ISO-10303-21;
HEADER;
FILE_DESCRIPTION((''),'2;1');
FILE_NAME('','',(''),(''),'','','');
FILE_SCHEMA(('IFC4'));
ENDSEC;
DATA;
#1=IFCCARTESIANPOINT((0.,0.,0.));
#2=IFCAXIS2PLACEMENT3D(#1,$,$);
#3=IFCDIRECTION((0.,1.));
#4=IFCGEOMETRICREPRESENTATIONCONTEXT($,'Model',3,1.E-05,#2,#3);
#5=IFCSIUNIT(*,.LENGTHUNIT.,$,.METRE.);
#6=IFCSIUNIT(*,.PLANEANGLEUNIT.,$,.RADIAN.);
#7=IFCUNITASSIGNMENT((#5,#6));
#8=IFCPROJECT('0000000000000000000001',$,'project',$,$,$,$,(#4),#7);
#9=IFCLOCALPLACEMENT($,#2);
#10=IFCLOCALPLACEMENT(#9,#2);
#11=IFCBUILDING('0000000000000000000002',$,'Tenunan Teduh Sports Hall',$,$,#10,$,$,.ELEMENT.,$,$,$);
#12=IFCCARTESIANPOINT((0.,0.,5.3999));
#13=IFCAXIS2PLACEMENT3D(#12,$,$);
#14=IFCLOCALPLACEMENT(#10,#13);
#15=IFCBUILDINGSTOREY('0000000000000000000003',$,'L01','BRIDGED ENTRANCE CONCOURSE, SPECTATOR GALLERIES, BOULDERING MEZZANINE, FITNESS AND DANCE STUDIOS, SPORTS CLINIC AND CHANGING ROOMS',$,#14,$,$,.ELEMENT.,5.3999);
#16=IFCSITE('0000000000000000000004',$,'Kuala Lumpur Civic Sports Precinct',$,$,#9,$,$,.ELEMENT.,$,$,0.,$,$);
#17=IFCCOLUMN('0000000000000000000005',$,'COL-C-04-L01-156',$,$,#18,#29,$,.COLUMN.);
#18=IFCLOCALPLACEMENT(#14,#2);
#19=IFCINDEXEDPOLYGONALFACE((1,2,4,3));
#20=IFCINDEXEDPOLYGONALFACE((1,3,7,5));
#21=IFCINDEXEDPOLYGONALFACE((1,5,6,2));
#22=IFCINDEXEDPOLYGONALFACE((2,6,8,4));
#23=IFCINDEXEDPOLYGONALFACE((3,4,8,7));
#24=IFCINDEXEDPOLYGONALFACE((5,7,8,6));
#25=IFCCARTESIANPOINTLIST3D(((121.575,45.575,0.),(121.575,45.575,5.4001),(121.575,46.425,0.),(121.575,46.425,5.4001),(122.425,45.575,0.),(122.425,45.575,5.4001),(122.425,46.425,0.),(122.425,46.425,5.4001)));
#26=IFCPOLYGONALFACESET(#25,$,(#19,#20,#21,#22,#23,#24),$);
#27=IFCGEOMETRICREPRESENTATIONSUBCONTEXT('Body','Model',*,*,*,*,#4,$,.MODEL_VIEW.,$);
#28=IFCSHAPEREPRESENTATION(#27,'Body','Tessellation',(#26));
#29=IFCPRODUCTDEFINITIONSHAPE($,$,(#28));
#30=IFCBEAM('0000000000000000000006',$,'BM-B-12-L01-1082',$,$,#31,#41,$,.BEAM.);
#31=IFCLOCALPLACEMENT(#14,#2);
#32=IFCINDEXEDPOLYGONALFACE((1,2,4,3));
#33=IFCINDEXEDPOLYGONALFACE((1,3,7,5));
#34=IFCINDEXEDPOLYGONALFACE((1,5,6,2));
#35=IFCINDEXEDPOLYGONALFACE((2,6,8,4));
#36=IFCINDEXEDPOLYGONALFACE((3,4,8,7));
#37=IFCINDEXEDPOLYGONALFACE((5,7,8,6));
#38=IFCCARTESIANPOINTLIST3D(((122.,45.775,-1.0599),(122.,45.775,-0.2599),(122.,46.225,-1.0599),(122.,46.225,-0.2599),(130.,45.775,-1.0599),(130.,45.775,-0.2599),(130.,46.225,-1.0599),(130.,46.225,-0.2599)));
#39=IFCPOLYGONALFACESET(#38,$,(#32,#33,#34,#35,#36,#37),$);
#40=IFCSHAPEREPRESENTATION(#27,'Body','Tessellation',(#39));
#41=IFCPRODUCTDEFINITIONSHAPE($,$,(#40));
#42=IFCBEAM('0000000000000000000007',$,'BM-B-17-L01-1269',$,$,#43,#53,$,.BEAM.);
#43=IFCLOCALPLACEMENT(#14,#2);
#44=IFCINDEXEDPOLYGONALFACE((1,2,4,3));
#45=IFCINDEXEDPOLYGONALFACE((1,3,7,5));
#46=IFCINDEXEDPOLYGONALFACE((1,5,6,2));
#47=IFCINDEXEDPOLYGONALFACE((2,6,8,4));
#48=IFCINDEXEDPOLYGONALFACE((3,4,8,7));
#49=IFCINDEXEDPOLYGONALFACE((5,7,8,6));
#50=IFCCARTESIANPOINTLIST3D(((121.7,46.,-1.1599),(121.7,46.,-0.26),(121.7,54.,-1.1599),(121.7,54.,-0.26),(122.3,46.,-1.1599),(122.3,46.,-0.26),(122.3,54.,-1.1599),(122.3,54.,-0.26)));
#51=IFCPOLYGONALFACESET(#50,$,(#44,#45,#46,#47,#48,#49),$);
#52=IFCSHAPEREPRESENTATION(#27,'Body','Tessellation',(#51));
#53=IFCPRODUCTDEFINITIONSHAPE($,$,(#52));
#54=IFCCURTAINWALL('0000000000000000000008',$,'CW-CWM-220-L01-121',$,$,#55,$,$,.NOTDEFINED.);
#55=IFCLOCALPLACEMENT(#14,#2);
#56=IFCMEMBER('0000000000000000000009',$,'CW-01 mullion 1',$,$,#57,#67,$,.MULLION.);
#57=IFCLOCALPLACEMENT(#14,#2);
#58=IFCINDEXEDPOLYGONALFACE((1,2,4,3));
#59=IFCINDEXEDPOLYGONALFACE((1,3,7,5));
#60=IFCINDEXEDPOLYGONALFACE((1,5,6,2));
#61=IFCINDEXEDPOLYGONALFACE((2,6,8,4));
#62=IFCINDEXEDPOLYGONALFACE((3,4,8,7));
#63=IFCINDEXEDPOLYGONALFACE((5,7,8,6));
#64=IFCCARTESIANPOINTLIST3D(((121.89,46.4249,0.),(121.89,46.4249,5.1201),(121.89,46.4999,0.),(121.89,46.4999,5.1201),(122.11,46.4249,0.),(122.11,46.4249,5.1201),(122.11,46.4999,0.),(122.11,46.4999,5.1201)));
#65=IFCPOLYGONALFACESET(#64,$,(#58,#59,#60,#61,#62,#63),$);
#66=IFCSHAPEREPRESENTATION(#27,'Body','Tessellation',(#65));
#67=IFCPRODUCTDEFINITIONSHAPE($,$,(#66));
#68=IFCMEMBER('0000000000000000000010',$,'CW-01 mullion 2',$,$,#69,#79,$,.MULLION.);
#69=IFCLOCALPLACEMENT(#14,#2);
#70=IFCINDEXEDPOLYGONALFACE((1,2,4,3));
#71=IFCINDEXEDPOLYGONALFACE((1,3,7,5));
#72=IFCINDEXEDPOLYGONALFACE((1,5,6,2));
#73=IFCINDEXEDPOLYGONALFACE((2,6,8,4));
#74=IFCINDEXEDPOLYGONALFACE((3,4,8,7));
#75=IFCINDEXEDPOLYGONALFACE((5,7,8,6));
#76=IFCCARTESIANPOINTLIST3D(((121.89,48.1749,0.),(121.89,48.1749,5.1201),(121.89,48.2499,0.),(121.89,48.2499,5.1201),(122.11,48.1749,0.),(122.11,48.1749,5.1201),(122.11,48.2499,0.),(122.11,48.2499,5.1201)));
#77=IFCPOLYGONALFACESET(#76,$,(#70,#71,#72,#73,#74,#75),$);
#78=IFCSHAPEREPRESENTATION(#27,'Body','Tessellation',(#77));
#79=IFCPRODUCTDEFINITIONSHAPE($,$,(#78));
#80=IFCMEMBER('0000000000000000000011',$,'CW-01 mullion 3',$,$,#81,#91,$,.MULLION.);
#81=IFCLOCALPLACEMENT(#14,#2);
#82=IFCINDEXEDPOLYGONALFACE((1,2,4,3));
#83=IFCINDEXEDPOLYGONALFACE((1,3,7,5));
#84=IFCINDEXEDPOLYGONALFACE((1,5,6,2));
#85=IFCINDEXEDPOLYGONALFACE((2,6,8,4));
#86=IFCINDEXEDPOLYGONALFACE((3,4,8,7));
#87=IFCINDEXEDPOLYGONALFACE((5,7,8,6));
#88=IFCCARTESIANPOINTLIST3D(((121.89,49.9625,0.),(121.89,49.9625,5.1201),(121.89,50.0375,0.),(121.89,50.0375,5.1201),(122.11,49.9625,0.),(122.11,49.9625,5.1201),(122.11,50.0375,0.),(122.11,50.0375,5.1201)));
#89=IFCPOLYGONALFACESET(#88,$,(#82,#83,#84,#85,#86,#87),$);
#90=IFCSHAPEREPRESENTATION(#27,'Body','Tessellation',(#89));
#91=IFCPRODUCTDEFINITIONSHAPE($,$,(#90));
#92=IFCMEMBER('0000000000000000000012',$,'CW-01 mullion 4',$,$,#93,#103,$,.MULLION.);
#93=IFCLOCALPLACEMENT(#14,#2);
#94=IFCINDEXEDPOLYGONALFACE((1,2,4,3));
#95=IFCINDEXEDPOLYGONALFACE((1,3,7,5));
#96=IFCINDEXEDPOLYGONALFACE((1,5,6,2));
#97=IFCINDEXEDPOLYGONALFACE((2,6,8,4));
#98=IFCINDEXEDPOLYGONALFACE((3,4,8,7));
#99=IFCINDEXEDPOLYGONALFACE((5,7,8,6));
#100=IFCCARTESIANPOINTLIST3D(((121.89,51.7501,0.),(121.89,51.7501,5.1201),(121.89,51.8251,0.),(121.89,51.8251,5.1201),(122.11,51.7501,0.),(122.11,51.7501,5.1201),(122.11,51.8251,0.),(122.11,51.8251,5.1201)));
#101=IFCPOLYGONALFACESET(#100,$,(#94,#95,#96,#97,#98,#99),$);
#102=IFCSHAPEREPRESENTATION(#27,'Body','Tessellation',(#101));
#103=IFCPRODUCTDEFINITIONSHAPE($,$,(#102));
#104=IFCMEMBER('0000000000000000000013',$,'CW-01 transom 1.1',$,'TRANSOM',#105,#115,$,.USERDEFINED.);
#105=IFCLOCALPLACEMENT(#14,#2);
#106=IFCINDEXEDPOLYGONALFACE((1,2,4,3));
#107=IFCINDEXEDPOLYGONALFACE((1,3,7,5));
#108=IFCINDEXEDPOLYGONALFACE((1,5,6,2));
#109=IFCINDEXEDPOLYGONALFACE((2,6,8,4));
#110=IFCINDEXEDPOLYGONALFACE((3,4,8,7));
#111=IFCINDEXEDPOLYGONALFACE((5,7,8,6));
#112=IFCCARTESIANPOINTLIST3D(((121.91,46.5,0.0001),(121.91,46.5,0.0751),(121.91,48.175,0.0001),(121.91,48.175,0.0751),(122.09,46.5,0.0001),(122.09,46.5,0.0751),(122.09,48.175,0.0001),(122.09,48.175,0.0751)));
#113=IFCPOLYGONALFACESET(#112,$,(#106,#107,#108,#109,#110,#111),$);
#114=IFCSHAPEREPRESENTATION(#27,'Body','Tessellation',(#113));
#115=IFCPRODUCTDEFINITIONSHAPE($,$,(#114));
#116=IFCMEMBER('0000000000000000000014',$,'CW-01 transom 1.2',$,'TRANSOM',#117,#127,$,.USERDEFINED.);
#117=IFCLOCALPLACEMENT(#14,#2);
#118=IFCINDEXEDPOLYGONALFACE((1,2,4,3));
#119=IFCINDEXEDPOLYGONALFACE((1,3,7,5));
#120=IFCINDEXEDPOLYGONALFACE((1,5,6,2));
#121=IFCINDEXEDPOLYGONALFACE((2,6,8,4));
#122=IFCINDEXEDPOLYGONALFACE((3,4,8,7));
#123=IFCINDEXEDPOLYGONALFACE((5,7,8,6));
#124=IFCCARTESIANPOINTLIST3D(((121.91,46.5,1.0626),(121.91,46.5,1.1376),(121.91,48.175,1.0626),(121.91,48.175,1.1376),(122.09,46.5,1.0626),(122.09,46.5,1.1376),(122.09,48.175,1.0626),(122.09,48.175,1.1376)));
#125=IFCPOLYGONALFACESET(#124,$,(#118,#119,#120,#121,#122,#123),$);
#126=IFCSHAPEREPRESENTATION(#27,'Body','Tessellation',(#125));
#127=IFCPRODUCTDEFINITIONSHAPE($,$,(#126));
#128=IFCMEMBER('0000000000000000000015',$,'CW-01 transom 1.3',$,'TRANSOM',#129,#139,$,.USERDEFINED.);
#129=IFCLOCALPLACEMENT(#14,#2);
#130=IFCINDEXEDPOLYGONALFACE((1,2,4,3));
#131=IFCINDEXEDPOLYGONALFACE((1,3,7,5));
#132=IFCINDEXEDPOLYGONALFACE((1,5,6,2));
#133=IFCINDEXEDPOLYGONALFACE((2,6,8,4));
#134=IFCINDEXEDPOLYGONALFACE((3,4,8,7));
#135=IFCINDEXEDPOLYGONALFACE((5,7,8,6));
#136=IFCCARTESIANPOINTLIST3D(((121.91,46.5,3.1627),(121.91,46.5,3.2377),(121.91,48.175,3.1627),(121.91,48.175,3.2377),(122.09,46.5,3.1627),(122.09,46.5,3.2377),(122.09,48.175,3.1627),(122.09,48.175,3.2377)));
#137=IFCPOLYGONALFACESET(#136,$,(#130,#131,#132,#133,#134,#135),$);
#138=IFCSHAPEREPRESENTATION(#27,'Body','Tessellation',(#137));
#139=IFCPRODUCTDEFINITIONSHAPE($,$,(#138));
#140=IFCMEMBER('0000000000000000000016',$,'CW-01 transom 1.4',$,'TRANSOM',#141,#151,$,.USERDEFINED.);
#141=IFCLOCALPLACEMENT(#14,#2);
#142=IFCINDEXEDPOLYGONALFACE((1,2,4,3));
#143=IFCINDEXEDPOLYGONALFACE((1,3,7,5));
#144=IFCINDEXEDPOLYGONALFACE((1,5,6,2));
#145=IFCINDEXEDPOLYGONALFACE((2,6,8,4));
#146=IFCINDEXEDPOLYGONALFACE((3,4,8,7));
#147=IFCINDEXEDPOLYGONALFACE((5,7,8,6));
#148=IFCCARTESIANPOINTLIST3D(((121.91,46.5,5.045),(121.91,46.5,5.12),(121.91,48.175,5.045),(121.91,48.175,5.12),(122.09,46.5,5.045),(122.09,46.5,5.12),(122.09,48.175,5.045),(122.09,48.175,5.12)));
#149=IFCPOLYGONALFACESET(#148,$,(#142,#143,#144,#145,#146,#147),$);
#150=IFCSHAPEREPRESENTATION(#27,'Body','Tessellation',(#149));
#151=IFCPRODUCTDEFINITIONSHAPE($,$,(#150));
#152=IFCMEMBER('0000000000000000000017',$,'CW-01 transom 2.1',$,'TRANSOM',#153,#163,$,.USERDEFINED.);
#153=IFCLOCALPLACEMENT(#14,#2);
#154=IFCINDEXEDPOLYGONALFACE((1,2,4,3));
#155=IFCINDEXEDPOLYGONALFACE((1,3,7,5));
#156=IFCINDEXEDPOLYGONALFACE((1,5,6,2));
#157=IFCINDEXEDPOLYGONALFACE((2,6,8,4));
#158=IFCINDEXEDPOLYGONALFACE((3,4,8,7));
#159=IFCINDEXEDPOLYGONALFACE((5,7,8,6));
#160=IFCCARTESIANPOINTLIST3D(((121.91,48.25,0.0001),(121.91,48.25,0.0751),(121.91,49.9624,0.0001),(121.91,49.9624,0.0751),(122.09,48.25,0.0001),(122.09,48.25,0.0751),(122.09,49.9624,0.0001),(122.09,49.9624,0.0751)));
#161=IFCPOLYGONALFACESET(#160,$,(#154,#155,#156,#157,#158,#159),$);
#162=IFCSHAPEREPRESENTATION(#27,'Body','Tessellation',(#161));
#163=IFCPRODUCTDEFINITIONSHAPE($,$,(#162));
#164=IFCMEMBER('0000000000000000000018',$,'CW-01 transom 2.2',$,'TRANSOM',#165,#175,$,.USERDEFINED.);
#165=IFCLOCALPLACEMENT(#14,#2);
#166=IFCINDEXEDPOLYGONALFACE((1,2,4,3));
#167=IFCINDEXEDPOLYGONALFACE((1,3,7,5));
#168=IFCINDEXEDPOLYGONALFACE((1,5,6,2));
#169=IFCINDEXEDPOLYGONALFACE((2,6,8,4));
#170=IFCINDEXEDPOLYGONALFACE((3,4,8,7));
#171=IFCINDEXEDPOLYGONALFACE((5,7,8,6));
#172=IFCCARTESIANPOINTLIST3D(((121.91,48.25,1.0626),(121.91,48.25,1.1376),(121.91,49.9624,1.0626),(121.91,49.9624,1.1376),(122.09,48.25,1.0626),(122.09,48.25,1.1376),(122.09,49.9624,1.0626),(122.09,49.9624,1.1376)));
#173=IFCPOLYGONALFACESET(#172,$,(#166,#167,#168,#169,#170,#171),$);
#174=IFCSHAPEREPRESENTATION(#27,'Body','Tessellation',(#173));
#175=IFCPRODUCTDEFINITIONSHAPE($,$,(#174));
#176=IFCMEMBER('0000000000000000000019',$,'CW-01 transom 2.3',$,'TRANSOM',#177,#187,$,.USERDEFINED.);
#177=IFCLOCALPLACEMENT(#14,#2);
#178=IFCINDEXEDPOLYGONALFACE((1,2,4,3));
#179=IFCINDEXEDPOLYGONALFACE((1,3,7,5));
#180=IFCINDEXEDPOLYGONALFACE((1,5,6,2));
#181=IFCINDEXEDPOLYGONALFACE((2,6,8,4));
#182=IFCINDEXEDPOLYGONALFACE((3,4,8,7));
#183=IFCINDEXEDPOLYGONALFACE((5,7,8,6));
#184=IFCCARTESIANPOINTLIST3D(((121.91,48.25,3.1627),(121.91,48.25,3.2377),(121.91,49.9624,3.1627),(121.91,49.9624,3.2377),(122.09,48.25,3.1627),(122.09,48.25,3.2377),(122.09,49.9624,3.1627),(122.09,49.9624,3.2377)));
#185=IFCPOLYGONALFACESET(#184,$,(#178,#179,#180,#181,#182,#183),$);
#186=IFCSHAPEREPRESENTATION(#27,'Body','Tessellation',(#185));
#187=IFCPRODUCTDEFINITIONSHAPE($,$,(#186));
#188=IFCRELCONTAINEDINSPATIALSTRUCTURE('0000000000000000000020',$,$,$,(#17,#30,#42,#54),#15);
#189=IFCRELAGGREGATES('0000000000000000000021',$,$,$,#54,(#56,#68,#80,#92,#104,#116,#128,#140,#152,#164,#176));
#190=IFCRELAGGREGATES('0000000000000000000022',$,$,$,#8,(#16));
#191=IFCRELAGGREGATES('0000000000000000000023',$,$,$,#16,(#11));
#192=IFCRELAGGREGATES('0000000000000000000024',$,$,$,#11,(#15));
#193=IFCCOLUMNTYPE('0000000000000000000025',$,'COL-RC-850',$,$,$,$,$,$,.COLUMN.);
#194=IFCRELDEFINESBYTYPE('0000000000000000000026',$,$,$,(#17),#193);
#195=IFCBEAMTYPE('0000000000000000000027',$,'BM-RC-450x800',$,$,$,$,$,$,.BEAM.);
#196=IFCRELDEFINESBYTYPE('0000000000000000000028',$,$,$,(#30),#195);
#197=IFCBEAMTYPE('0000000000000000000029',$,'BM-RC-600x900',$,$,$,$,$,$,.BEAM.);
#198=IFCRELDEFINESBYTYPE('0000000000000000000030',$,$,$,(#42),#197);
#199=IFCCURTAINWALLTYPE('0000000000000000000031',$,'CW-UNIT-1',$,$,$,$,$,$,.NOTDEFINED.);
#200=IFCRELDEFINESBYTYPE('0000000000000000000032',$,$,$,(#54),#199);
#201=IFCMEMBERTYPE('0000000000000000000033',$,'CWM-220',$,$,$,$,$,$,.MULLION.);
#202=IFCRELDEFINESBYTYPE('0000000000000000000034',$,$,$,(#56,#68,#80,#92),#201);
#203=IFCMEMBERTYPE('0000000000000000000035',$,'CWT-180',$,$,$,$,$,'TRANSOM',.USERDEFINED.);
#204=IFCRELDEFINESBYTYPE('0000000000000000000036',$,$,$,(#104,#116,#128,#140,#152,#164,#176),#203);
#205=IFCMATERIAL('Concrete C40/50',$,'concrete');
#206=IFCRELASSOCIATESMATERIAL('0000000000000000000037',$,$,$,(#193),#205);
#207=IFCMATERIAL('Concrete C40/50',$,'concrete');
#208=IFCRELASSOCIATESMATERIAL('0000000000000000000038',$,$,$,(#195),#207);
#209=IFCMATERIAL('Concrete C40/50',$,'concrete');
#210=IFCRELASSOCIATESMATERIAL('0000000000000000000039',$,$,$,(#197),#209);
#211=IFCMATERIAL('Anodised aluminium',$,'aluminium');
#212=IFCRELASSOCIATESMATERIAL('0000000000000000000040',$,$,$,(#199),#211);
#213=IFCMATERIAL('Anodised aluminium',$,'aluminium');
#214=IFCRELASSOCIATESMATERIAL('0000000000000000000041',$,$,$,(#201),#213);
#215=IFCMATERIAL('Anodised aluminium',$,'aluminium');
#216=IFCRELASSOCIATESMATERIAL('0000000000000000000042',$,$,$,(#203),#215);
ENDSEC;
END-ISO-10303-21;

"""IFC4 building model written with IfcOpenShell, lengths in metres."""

from ifc_helpers import new_model, si_unit, direction, frame, origin, origin_2d, place, context, subcontext, project, spatial, rectangle, extrude, material, material_profile, profile_set, type_object, element, aggregate, save


model = new_model("IFC4")

# Units and contexts
model_context = context("Model", 3, precision=1e-05, world=origin(), true_north=direction((0.0, 1.0)))
body_context = subcontext(model_context, "Body", "Model", "MODEL_VIEW")
ifc_project = project(units=[si_unit("LENGTHUNIT", "METRE"), si_unit("PLANEANGLEUNIT", "RADIAN")], contexts=[model_context])

# Site, building, storey
site_placement = place(None, origin())
site = spatial("IfcSite", under=ifc_project, at=site_placement, Name="Kuala Lumpur Civic Sports Precinct", CompositionType="ELEMENT", RefElevation=0.0)
building_placement = place(site_placement, origin())
building = spatial("IfcBuilding", under=site, at=building_placement, Name="Tenunan Teduh Sports Hall", CompositionType="ELEMENT")
storey_placement = place(building_placement, frame((0.0, 0.0, 5.3999)))
storey = spatial("IfcBuildingStorey", under=building, at=storey_placement, Name="L01", Description="BRIDGED ENTRANCE CONCOURSE, SPECTATOR GALLERIES, BOULDERING MEZZANINE, FITNESS AND DANCE STUDIOS, SPORTS CLINIC AND CHANGING ROOMS", CompositionType="ELEMENT", Elevation=5.3999)

# Column
ifc_material_1 = material(Name="Concrete C40/50", Category="concrete")
ifc_material_profile_1 = material_profile(ifc_material_1, rectangle(XDim=0.8501, YDim=0.8501, at=origin_2d()), Name="RC 850x850")
ifc_profile_set_1 = profile_set([ifc_material_profile_1], Name="Concrete C40/50")
column_type = type_object("IfcColumnType", Name="COL-RC-850", PredefinedType="COLUMN", material=ifc_profile_set_1)
column_placement = place(storey_placement, frame((122.0, 46.0, 0.0), z_axis=(0.0, 0.0, 1.0), x_axis=(1.0, 0.0, 0.0)))
element("IfcColumn", 1, at=column_placement, inside=storey, type_object=column_type, Name="COL-C-04-L01-156", PredefinedType="COLUMN", context=body_context, shape_type="SweptSolid", body=[
    extrude(rectangle(XDim=0.8501, YDim=0.8501, at=origin_2d()), origin(), (0.0, 0.0, 1.0), 5.4001),
])

# Beams
ifc_material_2 = material(Name="Concrete C40/50", Category="concrete")
ifc_material_profile_2 = material_profile(ifc_material_2, rectangle(XDim=0.45, YDim=0.8, at=origin_2d()), Name="RCB 450x800")
ifc_profile_set_2 = profile_set([ifc_material_profile_2], Name="Concrete C40/50")
beam_type_1 = type_object("IfcBeamType", Name="BM-RC-450x800", PredefinedType="BEAM", material=ifc_profile_set_2)
beam_1_placement = place(storey_placement, frame((122.0, 46.0, -0.6599), z_axis=(1.0, 0.0, 0.0), x_axis=(0.0, 1.0, 0.0)))
element("IfcBeam", 2, at=beam_1_placement, inside=storey, type_object=beam_type_1, Name="BM-B-12-L01-1082", PredefinedType="BEAM", context=body_context, shape_type="SweptSolid", body=[
    extrude(rectangle(XDim=0.45, YDim=0.8, at=origin_2d()), origin(), (0.0, 0.0, 1.0), 8.0),
])
ifc_material_3 = material(Name="Concrete C40/50", Category="concrete")
ifc_material_profile_3 = material_profile(ifc_material_3, rectangle(XDim=0.6001, YDim=0.8999, at=origin_2d()), Name="RCB 600x900")
ifc_profile_set_3 = profile_set([ifc_material_profile_3], Name="Concrete C40/50")
beam_type_2 = type_object("IfcBeamType", Name="BM-RC-600x900", PredefinedType="BEAM", material=ifc_profile_set_3)
beam_2_placement = place(storey_placement, frame((122.0, 46.0, -0.71), z_axis=(0.0, 1.0, 0.0), x_axis=(-1.0, 0.0, 0.0)))
element("IfcBeam", 3, at=beam_2_placement, inside=storey, type_object=beam_type_2, Name="BM-B-17-L01-1269", PredefinedType="BEAM", context=body_context, shape_type="SweptSolid", body=[
    extrude(rectangle(XDim=0.6001, YDim=0.8999, at=origin_2d()), origin(), (0.0, 0.0, 1.0), 8.0),
])

# Curtain wall, members
ifc_material_4 = material(Name="Anodised aluminium", Category="aluminium")
curtain_wall_type = type_object("IfcCurtainWallType", Name="CW-UNIT-1", PredefinedType="NOTDEFINED", material=ifc_material_4)
curtain_wall_placement = place(storey_placement, origin())
curtain_wall = element("IfcCurtainWall", 4, at=curtain_wall_placement, inside=storey, type_object=curtain_wall_type, Name="CW-CWM-220-L01-121", PredefinedType="NOTDEFINED")
ifc_material_5 = material(Name="Anodised aluminium", Category="aluminium")
ifc_material_profile_4 = material_profile(ifc_material_5, rectangle(XDim=0.075, YDim=0.22, at=origin_2d()), Name="CWM 75x220")
ifc_profile_set_4 = profile_set([ifc_material_profile_4], Name="Anodised aluminium")
member_type_1 = type_object("IfcMemberType", Name="CWM-220", PredefinedType="MULLION", material=ifc_profile_set_4)
member_1_placement = place(storey_placement, frame((122.0, 46.4624, 0.0), z_axis=(0.0, 0.0, 1.0), x_axis=(0.0, 1.0, 0.0)))
member_1 = element("IfcMember", 5, at=member_1_placement, type_object=member_type_1, Name="CW-01 mullion 1", PredefinedType="MULLION", context=body_context, shape_type="SweptSolid", body=[
    extrude(rectangle(XDim=0.075, YDim=0.22, at=origin_2d()), origin(), (0.0, 0.0, 1.0), 5.1201),
])
member_2_placement = place(storey_placement, frame((122.0, 48.2124, 0.0), z_axis=(0.0, 0.0, 1.0), x_axis=(0.0, 1.0, 0.0)))
member_2 = element("IfcMember", 6, at=member_2_placement, type_object=member_type_1, Name="CW-01 mullion 2", PredefinedType="MULLION", context=body_context, shape_type="SweptSolid", body=[
    extrude(rectangle(XDim=0.075, YDim=0.22, at=origin_2d()), origin(), (0.0, 0.0, 1.0), 5.1201),
])
member_3_placement = place(storey_placement, frame((122.0, 50.0, 0.0), z_axis=(0.0, 0.0, 1.0), x_axis=(0.0, 1.0, 0.0)))
member_3 = element("IfcMember", 7, at=member_3_placement, type_object=member_type_1, Name="CW-01 mullion 3", PredefinedType="MULLION", context=body_context, shape_type="SweptSolid", body=[
    extrude(rectangle(XDim=0.075, YDim=0.22, at=origin_2d()), origin(), (0.0, 0.0, 1.0), 5.1201),
])
member_4_placement = place(storey_placement, frame((122.0, 51.7876, 0.0), z_axis=(0.0, 0.0, 1.0), x_axis=(0.0, 1.0, 0.0)))
member_4 = element("IfcMember", 8, at=member_4_placement, type_object=member_type_1, Name="CW-01 mullion 4", PredefinedType="MULLION", context=body_context, shape_type="SweptSolid", body=[
    extrude(rectangle(XDim=0.075, YDim=0.22, at=origin_2d()), origin(), (0.0, 0.0, 1.0), 5.1201),
])
ifc_material_6 = material(Name="Anodised aluminium", Category="aluminium")
ifc_material_profile_5 = material_profile(ifc_material_6, rectangle(XDim=0.075, YDim=0.1799, at=origin_2d()), Name="CWT 75x180")
ifc_profile_set_5 = profile_set([ifc_material_profile_5], Name="Anodised aluminium")
member_type_2 = type_object("IfcMemberType", Name="CWT-180", ElementType="TRANSOM", PredefinedType="USERDEFINED", material=ifc_profile_set_5)
member_5_placement = place(storey_placement, frame((122.0, 46.5, 0.0376), z_axis=(0.0, 1.0, 0.0), x_axis=(0.0, 0.0, 1.0)))
member_5 = element("IfcMember", 9, at=member_5_placement, type_object=member_type_2, Name="CW-01 transom 1.1", ObjectType="TRANSOM", PredefinedType="USERDEFINED", context=body_context, shape_type="SweptSolid", body=[
    extrude(rectangle(XDim=0.075, YDim=0.1799, at=origin_2d()), origin(), (0.0, 0.0, 1.0), 1.675),
])
member_6_placement = place(storey_placement, frame((122.0, 46.5, 1.1001), z_axis=(0.0, 1.0, 0.0), x_axis=(0.0, 0.0, 1.0)))
member_6 = element("IfcMember", 10, at=member_6_placement, type_object=member_type_2, Name="CW-01 transom 1.2", ObjectType="TRANSOM", PredefinedType="USERDEFINED", context=body_context, shape_type="SweptSolid", body=[
    extrude(rectangle(XDim=0.075, YDim=0.1799, at=origin_2d()), origin(), (0.0, 0.0, 1.0), 1.675),
])
member_7_placement = place(storey_placement, frame((122.0, 46.5, 3.2002), z_axis=(0.0, 1.0, 0.0), x_axis=(0.0, 0.0, 1.0)))
member_7 = element("IfcMember", 11, at=member_7_placement, type_object=member_type_2, Name="CW-01 transom 1.3", ObjectType="TRANSOM", PredefinedType="USERDEFINED", context=body_context, shape_type="SweptSolid", body=[
    extrude(rectangle(XDim=0.075, YDim=0.1799, at=origin_2d()), origin(), (0.0, 0.0, 1.0), 1.675),
])
member_8_placement = place(storey_placement, frame((122.0, 46.5, 5.0825), z_axis=(0.0, 1.0, 0.0), x_axis=(0.0, 0.0, 1.0)))
member_8 = element("IfcMember", 12, at=member_8_placement, type_object=member_type_2, Name="CW-01 transom 1.4", ObjectType="TRANSOM", PredefinedType="USERDEFINED", context=body_context, shape_type="SweptSolid", body=[
    extrude(rectangle(XDim=0.075, YDim=0.1799, at=origin_2d()), origin(), (0.0, 0.0, 1.0), 1.675),
])
member_9_placement = place(storey_placement, frame((122.0, 48.25, 0.0376), z_axis=(0.0, 1.0, 0.0), x_axis=(0.0, 0.0, 1.0)))
member_9 = element("IfcMember", 13, at=member_9_placement, type_object=member_type_2, Name="CW-01 transom 2.1", ObjectType="TRANSOM", PredefinedType="USERDEFINED", context=body_context, shape_type="SweptSolid", body=[
    extrude(rectangle(XDim=0.075, YDim=0.1799, at=origin_2d()), origin(), (0.0, 0.0, 1.0), 1.7124),
])
member_10_placement = place(storey_placement, frame((122.0, 48.25, 1.1001), z_axis=(0.0, 1.0, 0.0), x_axis=(0.0, 0.0, 1.0)))
member_10 = element("IfcMember", 14, at=member_10_placement, type_object=member_type_2, Name="CW-01 transom 2.2", ObjectType="TRANSOM", PredefinedType="USERDEFINED", context=body_context, shape_type="SweptSolid", body=[
    extrude(rectangle(XDim=0.075, YDim=0.1799, at=origin_2d()), origin(), (0.0, 0.0, 1.0), 1.7124),
])
member_11_placement = place(storey_placement, frame((122.0, 48.25, 3.2002), z_axis=(0.0, 1.0, 0.0), x_axis=(0.0, 0.0, 1.0)))
member_11 = element("IfcMember", 15, at=member_11_placement, type_object=member_type_2, Name="CW-01 transom 2.3", ObjectType="TRANSOM", PredefinedType="USERDEFINED", context=body_context, shape_type="SweptSolid", body=[
    extrude(rectangle(XDim=0.075, YDim=0.1799, at=origin_2d()), origin(), (0.0, 0.0, 1.0), 1.7124),
])

aggregate(curtain_wall, [member_1, member_2, member_3, member_4, member_5, member_6, member_7, member_8, member_9, member_10, member_11])

save(model, "model.ifc")
